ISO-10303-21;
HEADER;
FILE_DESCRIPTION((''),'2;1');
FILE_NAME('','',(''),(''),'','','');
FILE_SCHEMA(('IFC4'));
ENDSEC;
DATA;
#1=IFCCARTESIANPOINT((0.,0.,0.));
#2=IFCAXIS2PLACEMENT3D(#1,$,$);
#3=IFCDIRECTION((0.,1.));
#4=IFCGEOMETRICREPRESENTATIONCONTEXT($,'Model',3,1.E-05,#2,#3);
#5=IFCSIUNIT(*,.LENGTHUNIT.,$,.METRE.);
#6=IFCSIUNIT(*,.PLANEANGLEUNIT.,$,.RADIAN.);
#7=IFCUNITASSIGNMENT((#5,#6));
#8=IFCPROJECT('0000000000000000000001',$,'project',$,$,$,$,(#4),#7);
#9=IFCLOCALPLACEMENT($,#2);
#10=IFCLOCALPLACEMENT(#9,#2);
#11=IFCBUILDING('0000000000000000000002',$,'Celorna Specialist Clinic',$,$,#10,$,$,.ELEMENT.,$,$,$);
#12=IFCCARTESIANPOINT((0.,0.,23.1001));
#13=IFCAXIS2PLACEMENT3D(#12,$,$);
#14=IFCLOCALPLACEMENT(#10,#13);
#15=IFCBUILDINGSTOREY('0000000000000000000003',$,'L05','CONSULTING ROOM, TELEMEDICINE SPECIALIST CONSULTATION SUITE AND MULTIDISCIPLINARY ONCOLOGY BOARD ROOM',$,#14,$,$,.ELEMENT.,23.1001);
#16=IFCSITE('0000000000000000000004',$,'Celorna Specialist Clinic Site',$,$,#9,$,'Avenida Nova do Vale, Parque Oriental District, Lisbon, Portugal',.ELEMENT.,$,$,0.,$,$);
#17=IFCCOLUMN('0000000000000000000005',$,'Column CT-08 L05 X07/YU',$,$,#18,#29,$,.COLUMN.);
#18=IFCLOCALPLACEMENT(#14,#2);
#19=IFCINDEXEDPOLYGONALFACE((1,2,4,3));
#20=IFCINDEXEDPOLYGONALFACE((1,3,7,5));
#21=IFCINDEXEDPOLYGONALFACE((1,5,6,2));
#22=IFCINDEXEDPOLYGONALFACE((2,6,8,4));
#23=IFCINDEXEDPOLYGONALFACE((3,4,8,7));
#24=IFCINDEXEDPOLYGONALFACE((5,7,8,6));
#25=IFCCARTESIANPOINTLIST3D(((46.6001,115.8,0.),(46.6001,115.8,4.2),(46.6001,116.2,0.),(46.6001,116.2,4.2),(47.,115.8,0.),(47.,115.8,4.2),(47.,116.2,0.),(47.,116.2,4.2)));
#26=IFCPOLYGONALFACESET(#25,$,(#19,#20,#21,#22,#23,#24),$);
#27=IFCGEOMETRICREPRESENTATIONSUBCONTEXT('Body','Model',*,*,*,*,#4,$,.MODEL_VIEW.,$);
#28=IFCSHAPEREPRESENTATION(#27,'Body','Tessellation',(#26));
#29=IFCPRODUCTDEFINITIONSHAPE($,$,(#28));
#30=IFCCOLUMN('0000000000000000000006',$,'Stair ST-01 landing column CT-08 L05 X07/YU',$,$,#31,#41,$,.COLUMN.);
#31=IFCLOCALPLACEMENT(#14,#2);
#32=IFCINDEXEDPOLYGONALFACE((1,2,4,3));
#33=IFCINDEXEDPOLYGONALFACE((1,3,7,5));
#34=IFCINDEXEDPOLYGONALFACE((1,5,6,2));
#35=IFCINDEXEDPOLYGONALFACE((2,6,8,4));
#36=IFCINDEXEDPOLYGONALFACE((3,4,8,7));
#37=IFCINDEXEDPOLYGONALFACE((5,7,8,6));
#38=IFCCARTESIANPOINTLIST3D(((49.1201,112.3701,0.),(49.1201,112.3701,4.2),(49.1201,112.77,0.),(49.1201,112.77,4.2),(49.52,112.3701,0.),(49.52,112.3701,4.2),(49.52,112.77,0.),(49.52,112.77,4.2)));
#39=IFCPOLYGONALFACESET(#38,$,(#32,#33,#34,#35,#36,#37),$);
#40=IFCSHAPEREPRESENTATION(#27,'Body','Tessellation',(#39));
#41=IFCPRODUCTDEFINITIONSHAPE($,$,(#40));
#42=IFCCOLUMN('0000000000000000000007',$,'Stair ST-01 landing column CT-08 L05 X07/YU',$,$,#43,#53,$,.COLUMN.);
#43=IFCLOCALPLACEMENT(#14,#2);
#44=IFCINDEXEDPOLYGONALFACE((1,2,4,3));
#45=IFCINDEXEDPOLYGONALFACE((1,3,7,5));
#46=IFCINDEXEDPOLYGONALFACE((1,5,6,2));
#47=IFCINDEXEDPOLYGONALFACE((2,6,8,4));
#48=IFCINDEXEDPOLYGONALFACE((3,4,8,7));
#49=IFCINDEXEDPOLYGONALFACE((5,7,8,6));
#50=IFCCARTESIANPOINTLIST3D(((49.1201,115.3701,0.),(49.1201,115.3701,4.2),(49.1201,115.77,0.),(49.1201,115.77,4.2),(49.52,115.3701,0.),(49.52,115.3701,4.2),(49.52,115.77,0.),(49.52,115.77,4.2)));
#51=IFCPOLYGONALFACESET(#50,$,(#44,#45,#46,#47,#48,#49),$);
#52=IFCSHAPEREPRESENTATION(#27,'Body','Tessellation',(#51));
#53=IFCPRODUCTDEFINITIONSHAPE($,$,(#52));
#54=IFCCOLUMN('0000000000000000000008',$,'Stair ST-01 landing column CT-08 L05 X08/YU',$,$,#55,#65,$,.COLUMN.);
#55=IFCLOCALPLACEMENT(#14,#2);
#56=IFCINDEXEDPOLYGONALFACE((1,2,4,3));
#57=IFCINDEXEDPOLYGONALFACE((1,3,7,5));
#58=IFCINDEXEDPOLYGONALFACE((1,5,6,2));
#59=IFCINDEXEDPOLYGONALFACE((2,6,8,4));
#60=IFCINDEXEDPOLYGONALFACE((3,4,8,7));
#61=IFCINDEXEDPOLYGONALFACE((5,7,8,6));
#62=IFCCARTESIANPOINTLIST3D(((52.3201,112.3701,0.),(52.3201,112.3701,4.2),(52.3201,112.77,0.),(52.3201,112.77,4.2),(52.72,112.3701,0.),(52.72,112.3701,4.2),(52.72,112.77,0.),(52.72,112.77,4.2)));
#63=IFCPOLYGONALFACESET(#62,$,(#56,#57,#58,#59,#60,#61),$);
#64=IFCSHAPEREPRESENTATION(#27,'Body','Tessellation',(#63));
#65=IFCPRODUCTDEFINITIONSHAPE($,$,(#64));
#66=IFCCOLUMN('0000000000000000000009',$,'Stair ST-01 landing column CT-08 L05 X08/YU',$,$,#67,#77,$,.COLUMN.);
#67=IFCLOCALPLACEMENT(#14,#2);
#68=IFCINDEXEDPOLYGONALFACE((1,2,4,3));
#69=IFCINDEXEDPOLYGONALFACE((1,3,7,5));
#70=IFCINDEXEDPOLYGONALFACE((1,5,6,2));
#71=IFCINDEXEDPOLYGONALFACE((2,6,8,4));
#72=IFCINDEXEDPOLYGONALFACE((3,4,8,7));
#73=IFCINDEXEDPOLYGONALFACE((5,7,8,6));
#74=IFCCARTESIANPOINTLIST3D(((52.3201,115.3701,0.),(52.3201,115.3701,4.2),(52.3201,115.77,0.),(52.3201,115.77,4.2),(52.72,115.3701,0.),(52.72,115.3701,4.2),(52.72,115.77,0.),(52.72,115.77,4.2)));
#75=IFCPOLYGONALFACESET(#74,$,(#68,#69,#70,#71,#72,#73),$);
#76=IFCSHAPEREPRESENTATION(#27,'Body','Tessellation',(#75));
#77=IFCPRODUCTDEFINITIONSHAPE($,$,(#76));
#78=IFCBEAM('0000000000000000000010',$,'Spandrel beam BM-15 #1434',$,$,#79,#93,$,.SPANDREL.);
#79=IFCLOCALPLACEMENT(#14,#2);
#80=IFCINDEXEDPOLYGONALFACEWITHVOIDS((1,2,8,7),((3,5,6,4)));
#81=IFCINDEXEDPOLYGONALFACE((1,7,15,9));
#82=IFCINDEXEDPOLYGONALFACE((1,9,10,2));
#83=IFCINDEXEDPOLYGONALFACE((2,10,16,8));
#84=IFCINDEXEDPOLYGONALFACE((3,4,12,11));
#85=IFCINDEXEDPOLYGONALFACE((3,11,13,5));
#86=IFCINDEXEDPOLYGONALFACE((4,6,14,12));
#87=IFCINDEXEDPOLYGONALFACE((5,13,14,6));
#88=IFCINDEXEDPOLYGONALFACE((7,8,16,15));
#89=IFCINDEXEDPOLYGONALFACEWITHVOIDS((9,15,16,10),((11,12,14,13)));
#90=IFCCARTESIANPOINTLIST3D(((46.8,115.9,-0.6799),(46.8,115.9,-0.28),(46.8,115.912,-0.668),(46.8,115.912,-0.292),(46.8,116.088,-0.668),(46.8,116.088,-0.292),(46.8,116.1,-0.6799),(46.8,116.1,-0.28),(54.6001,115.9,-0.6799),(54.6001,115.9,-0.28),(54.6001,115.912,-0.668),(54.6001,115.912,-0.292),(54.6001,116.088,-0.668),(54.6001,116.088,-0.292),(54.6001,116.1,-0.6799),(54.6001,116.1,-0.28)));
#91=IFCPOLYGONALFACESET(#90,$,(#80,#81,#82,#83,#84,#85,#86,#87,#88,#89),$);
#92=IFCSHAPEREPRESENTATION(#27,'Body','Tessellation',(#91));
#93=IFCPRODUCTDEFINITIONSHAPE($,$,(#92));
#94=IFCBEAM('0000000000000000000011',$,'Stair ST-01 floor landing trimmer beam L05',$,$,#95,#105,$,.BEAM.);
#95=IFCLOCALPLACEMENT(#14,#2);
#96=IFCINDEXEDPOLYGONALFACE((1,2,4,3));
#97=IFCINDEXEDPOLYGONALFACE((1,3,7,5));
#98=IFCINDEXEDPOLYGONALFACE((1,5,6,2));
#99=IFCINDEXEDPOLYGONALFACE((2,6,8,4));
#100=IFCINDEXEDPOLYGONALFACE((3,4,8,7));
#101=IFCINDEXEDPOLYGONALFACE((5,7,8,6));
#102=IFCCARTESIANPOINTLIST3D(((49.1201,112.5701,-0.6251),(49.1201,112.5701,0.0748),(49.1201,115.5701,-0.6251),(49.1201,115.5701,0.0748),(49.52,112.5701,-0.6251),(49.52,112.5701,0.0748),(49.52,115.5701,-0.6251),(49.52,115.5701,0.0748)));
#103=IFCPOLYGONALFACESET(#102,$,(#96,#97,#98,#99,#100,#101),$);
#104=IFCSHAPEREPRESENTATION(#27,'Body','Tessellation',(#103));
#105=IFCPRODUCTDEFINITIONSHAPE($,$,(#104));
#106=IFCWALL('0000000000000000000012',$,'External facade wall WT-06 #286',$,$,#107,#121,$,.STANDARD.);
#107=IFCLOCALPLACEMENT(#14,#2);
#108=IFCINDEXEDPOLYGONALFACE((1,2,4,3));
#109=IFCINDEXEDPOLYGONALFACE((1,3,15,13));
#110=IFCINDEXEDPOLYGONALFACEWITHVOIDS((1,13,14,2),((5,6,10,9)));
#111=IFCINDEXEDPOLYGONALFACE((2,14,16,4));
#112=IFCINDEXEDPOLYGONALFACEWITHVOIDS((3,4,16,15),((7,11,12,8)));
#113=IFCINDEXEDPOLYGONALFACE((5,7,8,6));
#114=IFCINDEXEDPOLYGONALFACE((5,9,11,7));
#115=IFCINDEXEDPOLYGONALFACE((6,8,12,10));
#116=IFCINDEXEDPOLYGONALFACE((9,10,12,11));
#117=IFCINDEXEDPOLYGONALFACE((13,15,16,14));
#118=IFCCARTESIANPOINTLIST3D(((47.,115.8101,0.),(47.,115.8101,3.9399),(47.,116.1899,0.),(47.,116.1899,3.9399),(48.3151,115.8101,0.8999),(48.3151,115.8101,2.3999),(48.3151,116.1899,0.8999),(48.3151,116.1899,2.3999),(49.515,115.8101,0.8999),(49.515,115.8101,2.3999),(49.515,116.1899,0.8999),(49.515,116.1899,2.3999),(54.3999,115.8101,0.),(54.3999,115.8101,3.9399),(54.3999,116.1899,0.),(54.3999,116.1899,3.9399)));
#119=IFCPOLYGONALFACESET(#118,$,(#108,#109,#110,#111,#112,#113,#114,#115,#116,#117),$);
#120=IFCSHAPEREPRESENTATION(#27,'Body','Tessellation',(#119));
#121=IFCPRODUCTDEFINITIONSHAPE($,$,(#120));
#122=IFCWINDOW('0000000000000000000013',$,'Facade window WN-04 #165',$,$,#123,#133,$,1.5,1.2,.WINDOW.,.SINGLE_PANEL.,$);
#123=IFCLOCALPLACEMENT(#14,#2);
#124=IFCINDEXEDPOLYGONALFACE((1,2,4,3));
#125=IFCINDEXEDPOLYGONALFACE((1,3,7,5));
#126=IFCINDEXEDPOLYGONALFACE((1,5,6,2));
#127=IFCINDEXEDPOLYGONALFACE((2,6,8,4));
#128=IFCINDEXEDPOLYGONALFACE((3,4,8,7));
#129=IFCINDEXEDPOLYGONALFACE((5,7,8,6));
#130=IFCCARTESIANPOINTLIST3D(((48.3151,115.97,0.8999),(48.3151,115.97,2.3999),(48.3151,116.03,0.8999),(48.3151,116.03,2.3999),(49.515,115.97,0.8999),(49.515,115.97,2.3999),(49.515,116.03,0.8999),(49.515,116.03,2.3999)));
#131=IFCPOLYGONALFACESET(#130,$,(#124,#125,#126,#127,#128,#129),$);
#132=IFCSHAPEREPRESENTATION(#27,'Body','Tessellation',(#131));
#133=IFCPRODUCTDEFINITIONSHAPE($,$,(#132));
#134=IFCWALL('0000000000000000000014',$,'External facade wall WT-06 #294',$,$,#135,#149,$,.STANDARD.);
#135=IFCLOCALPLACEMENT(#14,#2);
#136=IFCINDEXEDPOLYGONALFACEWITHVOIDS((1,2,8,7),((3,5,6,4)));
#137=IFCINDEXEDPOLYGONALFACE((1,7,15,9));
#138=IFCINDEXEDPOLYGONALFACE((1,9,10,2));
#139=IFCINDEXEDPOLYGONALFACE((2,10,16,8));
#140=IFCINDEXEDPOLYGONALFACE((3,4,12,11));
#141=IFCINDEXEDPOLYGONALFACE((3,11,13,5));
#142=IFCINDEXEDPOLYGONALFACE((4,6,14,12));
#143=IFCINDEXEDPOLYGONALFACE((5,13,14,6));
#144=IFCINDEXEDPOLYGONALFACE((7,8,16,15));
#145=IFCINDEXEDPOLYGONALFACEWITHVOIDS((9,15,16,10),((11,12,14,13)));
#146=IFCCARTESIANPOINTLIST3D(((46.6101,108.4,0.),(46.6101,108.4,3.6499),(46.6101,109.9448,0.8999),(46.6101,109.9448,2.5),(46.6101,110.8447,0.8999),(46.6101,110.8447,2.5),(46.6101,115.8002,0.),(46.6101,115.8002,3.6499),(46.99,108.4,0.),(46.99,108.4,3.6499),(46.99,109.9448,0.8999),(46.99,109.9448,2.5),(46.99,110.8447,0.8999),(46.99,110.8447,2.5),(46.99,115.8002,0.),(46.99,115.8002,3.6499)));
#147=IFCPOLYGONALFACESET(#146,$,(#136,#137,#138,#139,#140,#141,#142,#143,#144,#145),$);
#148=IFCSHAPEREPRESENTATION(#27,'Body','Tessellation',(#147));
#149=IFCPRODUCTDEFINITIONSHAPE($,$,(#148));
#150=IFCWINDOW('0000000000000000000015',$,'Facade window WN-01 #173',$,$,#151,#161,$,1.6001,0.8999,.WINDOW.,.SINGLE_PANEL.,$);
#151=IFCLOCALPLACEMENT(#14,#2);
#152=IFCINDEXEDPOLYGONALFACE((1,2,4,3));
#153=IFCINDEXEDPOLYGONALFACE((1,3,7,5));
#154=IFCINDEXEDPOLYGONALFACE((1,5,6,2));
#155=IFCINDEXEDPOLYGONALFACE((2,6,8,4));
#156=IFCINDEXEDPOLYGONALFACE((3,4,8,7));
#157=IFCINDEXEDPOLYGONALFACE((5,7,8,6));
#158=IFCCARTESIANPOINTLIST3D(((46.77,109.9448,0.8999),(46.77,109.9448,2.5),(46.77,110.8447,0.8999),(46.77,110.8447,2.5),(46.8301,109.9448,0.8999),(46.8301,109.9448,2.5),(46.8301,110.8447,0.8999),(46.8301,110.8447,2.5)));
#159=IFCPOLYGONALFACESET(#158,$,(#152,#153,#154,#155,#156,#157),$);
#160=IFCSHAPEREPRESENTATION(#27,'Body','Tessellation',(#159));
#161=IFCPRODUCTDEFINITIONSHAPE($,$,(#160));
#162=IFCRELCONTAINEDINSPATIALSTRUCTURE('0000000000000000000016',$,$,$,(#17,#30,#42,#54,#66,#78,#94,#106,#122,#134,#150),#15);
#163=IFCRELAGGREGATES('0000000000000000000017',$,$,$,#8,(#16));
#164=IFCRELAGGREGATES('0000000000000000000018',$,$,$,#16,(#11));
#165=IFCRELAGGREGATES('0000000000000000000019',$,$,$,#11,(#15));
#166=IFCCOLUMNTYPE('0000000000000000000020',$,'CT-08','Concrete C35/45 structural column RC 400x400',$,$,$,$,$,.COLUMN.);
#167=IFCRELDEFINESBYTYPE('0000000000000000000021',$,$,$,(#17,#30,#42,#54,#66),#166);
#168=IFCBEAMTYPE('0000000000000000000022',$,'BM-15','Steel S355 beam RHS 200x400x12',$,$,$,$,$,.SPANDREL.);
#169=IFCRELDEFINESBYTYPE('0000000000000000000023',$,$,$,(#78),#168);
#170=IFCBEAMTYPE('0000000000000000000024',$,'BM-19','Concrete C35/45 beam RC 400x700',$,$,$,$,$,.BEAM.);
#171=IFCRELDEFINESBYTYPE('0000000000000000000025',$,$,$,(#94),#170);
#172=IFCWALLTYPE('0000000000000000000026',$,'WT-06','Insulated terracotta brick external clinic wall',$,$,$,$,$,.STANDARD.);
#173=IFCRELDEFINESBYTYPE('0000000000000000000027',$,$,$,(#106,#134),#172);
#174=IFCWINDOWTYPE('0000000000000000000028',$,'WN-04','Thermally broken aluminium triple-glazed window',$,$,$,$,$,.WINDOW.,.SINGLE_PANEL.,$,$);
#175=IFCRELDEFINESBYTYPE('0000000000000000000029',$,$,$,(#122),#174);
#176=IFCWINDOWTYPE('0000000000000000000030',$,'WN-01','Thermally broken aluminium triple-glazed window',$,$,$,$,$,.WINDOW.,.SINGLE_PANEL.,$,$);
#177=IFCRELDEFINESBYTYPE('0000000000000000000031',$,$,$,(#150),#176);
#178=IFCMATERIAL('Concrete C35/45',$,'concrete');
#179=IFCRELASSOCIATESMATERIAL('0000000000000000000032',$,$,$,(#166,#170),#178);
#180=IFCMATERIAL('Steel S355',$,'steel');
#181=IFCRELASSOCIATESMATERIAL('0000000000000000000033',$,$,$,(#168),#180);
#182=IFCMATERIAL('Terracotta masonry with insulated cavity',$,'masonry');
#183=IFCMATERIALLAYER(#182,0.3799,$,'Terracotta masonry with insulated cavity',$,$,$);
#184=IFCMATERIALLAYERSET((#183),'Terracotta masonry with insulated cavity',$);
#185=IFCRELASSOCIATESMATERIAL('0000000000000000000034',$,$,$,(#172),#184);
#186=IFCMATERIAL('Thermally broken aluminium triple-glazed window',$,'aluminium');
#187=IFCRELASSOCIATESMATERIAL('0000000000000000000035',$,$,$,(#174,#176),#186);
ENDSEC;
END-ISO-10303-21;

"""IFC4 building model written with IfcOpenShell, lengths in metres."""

from ifc_helpers import new_model, si_unit, direction, frame, frame_2d, origin, origin_2d, place, context, subcontext, project, spatial, rectangle, hollow_rectangle, extrude, material, layer, layer_set, material_profile, profile_set, type_object, element, fill, save


model = new_model("IFC4")

# Units and contexts
model_context = context("Model", 3, precision=1e-05, world=origin(), true_north=direction((0.0, 1.0)))
body_context = subcontext(model_context, "Body", "Model", "MODEL_VIEW")
ifc_project = project(units=[si_unit("LENGTHUNIT", "METRE"), si_unit("PLANEANGLEUNIT", "RADIAN")], contexts=[model_context])

# Site, building, storey
site_placement = place(None, origin())
site = spatial("IfcSite", under=ifc_project, at=site_placement, Name="Celorna Specialist Clinic Site", LongName="Avenida Nova do Vale, Parque Oriental District, Lisbon, Portugal", CompositionType="ELEMENT", RefElevation=0.0)
building_placement = place(site_placement, origin())
building = spatial("IfcBuilding", under=site, at=building_placement, Name="Celorna Specialist Clinic", CompositionType="ELEMENT")
storey_placement = place(building_placement, frame((0.0, 0.0, 23.1001)))
storey = spatial("IfcBuildingStorey", under=building, at=storey_placement, Name="L05", Description="CONSULTING ROOM, TELEMEDICINE SPECIALIST CONSULTATION SUITE AND MULTIDISCIPLINARY ONCOLOGY BOARD ROOM", CompositionType="ELEMENT", Elevation=23.1001)

# Columns
ifc_material_1 = material(Name="Concrete C35/45", Category="concrete")
ifc_material_profile_1 = material_profile(ifc_material_1, rectangle(XDim=0.3999, YDim=0.3999, at=origin_2d()), Name="RC 400x400")
ifc_profile_set_1 = profile_set([ifc_material_profile_1], Name="Concrete C35/45")
column_type = type_object("IfcColumnType", Name="CT-08", Description="Concrete C35/45 structural column RC 400x400", PredefinedType="COLUMN", material=ifc_profile_set_1)
for number, where, z_axis, x_axis, name in (
    (1, (46.8, 116.0, 0.0), (0.0, 0.0, 1.0), (1.0, 0.0, 0.0), "Column CT-08 L05 X07/YU"),
    (2, (49.3201, 112.5701, 0.0), (0.0, 0.0, 1.0), (1.0, 0.0, 0.0), "Stair ST-01 landing column CT-08 L05 X07/YU"),
    (3, (49.3201, 115.5701, 0.0), (0.0, 0.0, 1.0), (1.0, 0.0, 0.0), "Stair ST-01 landing column CT-08 L05 X07/YU"),
    (4, (52.52, 112.5701, 0.0), (0.0, 0.0, 1.0), (1.0, 0.0, 0.0), "Stair ST-01 landing column CT-08 L05 X08/YU"),
    (5, (52.52, 115.5701, 0.0), (0.0, 0.0, 1.0), (1.0, 0.0, 0.0), "Stair ST-01 landing column CT-08 L05 X08/YU"),
):
    element("IfcColumn", number, at=place(storey_placement, frame(where, z_axis=z_axis, x_axis=x_axis)), inside=storey, type_object=column_type, Name=name, PredefinedType="COLUMN", context=body_context, shape_type="SweptSolid", body=[
        extrude(rectangle(XDim=0.3999, YDim=0.3999, at=origin_2d()), origin(), (0.0, 0.0, 1.0), 4.2),
    ])

# Beams
ifc_material_2 = material(Name="Steel S355", Category="steel")
ifc_material_profile_2 = material_profile(ifc_material_2, hollow_rectangle(XDim=0.2, YDim=0.3999, WallThickness=0.012, at=origin_2d()), Name="RHS 200x400x12")
ifc_profile_set_2 = profile_set([ifc_material_profile_2], Name="Steel S355")
beam_type_1 = type_object("IfcBeamType", Name="BM-15", Description="Steel S355 beam RHS 200x400x12", PredefinedType="SPANDREL", material=ifc_profile_set_2)
beam_1_placement = place(storey_placement, frame((46.8, 116.0, -0.48), z_axis=(1.0, 0.0, 0.0), x_axis=(0.0, 1.0, 0.0)))
element("IfcBeam", 6, at=beam_1_placement, inside=storey, type_object=beam_type_1, Name="Spandrel beam BM-15 #1434", PredefinedType="SPANDREL", context=body_context, shape_type="SweptSolid", body=[
    extrude(hollow_rectangle(XDim=0.2, YDim=0.3999, WallThickness=0.012, at=origin_2d()), origin(), (0.0, 0.0, 1.0), 7.8),
])
ifc_material_profile_3 = material_profile(ifc_material_1, rectangle(XDim=0.3999, YDim=0.7, at=origin_2d()), Name="RC 400x700")
ifc_profile_set_3 = profile_set([ifc_material_profile_3], Name="Concrete C35/45")
beam_type_2 = type_object("IfcBeamType", Name="BM-19", Description="Concrete C35/45 beam RC 400x700", PredefinedType="BEAM", material=ifc_profile_set_3)
beam_2_placement = place(storey_placement, frame((49.3201, 112.5701, -0.2751), z_axis=(0.0, 1.0, 0.0), x_axis=(-1.0, 0.0, 0.0)))
element("IfcBeam", 7, at=beam_2_placement, inside=storey, type_object=beam_type_2, Name="Stair ST-01 floor landing trimmer beam L05", PredefinedType="BEAM", context=body_context, shape_type="SweptSolid", body=[
    extrude(rectangle(XDim=0.3999, YDim=0.7, at=origin_2d()), origin(), (0.0, 0.0, 1.0), 3.0),
])

# Walls, openings, windows
ifc_material_3 = material(Name="Terracotta masonry with insulated cavity", Category="masonry")
ifc_layer_1 = layer(ifc_material_3, 0.3799, Name="Terracotta masonry with insulated cavity")
ifc_layer_set_1 = layer_set([ifc_layer_1], Name="Terracotta masonry with insulated cavity")
wall_type_1 = type_object("IfcWallType", Name="WT-06", Description="Insulated terracotta brick external clinic wall", PredefinedType="STANDARD", material=ifc_layer_set_1)
wall_1_placement = place(storey_placement, frame((47.0, 116.0, 0.0), z_axis=(0.0, 0.0, 1.0), x_axis=(1.0, 0.0, 0.0)))
wall_1 = element("IfcWall", 8, at=wall_1_placement, inside=storey, type_object=wall_type_1, Name="External facade wall WT-06 #286", PredefinedType="STANDARD", context=body_context, shape_type="SweptSolid", body=[
    extrude(rectangle(XDim=7.3999, YDim=0.3799, at=frame_2d((3.7, 0.0))), origin(), (0.0, 0.0, 1.0), 3.9399),
])
opening_1_placement = place(wall_1_placement, frame((1.3149, 0.0, 0.8999)))
opening_1 = element("IfcOpeningElement", 9, at=opening_1_placement, cuts=wall_1, PredefinedType="OPENING", context=body_context, shape_type="SweptSolid", body=[
    extrude(rectangle(XDim=1.2, YDim=1.5, at=frame_2d((0.6001, 0.75))), frame((0.0, 0.2, 0.0), z_axis=(0.0, -1.0, 0.0), x_axis=(1.0, 0.0, 0.0)), (0.0, 0.0, 1.0), 0.3999),
])
ifc_material_4 = material(Name="Thermally broken aluminium triple-glazed window", Category="aluminium")
window_type_1 = type_object("IfcWindowType", Name="WN-04", Description="Thermally broken aluminium triple-glazed window", PartitioningType="SINGLE_PANEL", PredefinedType="WINDOW", material=ifc_material_4)
window_1_placement = place(opening_1_placement, origin())
window_1 = element("IfcWindow", 10, at=window_1_placement, inside=storey, type_object=window_type_1, Name="Facade window WN-04 #165", OverallHeight=1.5, OverallWidth=1.2, PartitioningType="SINGLE_PANEL", PredefinedType="WINDOW", context=body_context, shape_type="SweptSolid", body=[
    extrude(rectangle(XDim=1.2, YDim=1.5, at=frame_2d((0.6001, 0.75))), frame((0.0, 0.03, 0.0), z_axis=(0.0, -1.0, 0.0), x_axis=(1.0, 0.0, 0.0)), (0.0, 0.0, 1.0), 0.0601),
])
fill(opening_1, window_1)
wall_2_placement = place(storey_placement, frame((46.8, 108.3999, 0.0), z_axis=(0.0, 0.0, 1.0), x_axis=(0.0, 1.0, 0.0)))
wall_2 = element("IfcWall", 11, at=wall_2_placement, inside=storey, type_object=wall_type_1, Name="External facade wall WT-06 #294", PredefinedType="STANDARD", context=body_context, shape_type="SweptSolid", body=[
    extrude(rectangle(XDim=7.4001, YDim=0.3799, at=frame_2d((3.7002, 0.0))), origin(), (0.0, 0.0, 1.0), 3.6499),
])
opening_2_placement = place(wall_2_placement, frame((1.5449, 0.0, 0.8999)))
opening_2 = element("IfcOpeningElement", 12, at=opening_2_placement, cuts=wall_2, PredefinedType="OPENING", context=body_context, shape_type="SweptSolid", body=[
    extrude(rectangle(XDim=0.8999, YDim=1.6001, at=frame_2d((0.45, 0.8))), frame((0.0, 0.2, 0.0), z_axis=(0.0, -1.0, 0.0), x_axis=(1.0, 0.0, 0.0)), (0.0, 0.0, 1.0), 0.3999),
])
window_type_2 = type_object("IfcWindowType", Name="WN-01", Description="Thermally broken aluminium triple-glazed window", PartitioningType="SINGLE_PANEL", PredefinedType="WINDOW", material=ifc_material_4)
window_2_placement = place(opening_2_placement, origin())
window_2 = element("IfcWindow", 13, at=window_2_placement, inside=storey, type_object=window_type_2, Name="Facade window WN-01 #173", OverallHeight=1.6001, OverallWidth=0.8999, PartitioningType="SINGLE_PANEL", PredefinedType="WINDOW", context=body_context, shape_type="SweptSolid", body=[
    extrude(rectangle(XDim=0.8999, YDim=1.6001, at=frame_2d((0.45, 0.8))), frame((0.0, 0.03, 0.0), z_axis=(0.0, -1.0, 0.0), x_axis=(1.0, 0.0, 0.0)), (0.0, 0.0, 1.0), 0.0601),
])
fill(opening_2, window_2)

save(model, "model.ifc")
